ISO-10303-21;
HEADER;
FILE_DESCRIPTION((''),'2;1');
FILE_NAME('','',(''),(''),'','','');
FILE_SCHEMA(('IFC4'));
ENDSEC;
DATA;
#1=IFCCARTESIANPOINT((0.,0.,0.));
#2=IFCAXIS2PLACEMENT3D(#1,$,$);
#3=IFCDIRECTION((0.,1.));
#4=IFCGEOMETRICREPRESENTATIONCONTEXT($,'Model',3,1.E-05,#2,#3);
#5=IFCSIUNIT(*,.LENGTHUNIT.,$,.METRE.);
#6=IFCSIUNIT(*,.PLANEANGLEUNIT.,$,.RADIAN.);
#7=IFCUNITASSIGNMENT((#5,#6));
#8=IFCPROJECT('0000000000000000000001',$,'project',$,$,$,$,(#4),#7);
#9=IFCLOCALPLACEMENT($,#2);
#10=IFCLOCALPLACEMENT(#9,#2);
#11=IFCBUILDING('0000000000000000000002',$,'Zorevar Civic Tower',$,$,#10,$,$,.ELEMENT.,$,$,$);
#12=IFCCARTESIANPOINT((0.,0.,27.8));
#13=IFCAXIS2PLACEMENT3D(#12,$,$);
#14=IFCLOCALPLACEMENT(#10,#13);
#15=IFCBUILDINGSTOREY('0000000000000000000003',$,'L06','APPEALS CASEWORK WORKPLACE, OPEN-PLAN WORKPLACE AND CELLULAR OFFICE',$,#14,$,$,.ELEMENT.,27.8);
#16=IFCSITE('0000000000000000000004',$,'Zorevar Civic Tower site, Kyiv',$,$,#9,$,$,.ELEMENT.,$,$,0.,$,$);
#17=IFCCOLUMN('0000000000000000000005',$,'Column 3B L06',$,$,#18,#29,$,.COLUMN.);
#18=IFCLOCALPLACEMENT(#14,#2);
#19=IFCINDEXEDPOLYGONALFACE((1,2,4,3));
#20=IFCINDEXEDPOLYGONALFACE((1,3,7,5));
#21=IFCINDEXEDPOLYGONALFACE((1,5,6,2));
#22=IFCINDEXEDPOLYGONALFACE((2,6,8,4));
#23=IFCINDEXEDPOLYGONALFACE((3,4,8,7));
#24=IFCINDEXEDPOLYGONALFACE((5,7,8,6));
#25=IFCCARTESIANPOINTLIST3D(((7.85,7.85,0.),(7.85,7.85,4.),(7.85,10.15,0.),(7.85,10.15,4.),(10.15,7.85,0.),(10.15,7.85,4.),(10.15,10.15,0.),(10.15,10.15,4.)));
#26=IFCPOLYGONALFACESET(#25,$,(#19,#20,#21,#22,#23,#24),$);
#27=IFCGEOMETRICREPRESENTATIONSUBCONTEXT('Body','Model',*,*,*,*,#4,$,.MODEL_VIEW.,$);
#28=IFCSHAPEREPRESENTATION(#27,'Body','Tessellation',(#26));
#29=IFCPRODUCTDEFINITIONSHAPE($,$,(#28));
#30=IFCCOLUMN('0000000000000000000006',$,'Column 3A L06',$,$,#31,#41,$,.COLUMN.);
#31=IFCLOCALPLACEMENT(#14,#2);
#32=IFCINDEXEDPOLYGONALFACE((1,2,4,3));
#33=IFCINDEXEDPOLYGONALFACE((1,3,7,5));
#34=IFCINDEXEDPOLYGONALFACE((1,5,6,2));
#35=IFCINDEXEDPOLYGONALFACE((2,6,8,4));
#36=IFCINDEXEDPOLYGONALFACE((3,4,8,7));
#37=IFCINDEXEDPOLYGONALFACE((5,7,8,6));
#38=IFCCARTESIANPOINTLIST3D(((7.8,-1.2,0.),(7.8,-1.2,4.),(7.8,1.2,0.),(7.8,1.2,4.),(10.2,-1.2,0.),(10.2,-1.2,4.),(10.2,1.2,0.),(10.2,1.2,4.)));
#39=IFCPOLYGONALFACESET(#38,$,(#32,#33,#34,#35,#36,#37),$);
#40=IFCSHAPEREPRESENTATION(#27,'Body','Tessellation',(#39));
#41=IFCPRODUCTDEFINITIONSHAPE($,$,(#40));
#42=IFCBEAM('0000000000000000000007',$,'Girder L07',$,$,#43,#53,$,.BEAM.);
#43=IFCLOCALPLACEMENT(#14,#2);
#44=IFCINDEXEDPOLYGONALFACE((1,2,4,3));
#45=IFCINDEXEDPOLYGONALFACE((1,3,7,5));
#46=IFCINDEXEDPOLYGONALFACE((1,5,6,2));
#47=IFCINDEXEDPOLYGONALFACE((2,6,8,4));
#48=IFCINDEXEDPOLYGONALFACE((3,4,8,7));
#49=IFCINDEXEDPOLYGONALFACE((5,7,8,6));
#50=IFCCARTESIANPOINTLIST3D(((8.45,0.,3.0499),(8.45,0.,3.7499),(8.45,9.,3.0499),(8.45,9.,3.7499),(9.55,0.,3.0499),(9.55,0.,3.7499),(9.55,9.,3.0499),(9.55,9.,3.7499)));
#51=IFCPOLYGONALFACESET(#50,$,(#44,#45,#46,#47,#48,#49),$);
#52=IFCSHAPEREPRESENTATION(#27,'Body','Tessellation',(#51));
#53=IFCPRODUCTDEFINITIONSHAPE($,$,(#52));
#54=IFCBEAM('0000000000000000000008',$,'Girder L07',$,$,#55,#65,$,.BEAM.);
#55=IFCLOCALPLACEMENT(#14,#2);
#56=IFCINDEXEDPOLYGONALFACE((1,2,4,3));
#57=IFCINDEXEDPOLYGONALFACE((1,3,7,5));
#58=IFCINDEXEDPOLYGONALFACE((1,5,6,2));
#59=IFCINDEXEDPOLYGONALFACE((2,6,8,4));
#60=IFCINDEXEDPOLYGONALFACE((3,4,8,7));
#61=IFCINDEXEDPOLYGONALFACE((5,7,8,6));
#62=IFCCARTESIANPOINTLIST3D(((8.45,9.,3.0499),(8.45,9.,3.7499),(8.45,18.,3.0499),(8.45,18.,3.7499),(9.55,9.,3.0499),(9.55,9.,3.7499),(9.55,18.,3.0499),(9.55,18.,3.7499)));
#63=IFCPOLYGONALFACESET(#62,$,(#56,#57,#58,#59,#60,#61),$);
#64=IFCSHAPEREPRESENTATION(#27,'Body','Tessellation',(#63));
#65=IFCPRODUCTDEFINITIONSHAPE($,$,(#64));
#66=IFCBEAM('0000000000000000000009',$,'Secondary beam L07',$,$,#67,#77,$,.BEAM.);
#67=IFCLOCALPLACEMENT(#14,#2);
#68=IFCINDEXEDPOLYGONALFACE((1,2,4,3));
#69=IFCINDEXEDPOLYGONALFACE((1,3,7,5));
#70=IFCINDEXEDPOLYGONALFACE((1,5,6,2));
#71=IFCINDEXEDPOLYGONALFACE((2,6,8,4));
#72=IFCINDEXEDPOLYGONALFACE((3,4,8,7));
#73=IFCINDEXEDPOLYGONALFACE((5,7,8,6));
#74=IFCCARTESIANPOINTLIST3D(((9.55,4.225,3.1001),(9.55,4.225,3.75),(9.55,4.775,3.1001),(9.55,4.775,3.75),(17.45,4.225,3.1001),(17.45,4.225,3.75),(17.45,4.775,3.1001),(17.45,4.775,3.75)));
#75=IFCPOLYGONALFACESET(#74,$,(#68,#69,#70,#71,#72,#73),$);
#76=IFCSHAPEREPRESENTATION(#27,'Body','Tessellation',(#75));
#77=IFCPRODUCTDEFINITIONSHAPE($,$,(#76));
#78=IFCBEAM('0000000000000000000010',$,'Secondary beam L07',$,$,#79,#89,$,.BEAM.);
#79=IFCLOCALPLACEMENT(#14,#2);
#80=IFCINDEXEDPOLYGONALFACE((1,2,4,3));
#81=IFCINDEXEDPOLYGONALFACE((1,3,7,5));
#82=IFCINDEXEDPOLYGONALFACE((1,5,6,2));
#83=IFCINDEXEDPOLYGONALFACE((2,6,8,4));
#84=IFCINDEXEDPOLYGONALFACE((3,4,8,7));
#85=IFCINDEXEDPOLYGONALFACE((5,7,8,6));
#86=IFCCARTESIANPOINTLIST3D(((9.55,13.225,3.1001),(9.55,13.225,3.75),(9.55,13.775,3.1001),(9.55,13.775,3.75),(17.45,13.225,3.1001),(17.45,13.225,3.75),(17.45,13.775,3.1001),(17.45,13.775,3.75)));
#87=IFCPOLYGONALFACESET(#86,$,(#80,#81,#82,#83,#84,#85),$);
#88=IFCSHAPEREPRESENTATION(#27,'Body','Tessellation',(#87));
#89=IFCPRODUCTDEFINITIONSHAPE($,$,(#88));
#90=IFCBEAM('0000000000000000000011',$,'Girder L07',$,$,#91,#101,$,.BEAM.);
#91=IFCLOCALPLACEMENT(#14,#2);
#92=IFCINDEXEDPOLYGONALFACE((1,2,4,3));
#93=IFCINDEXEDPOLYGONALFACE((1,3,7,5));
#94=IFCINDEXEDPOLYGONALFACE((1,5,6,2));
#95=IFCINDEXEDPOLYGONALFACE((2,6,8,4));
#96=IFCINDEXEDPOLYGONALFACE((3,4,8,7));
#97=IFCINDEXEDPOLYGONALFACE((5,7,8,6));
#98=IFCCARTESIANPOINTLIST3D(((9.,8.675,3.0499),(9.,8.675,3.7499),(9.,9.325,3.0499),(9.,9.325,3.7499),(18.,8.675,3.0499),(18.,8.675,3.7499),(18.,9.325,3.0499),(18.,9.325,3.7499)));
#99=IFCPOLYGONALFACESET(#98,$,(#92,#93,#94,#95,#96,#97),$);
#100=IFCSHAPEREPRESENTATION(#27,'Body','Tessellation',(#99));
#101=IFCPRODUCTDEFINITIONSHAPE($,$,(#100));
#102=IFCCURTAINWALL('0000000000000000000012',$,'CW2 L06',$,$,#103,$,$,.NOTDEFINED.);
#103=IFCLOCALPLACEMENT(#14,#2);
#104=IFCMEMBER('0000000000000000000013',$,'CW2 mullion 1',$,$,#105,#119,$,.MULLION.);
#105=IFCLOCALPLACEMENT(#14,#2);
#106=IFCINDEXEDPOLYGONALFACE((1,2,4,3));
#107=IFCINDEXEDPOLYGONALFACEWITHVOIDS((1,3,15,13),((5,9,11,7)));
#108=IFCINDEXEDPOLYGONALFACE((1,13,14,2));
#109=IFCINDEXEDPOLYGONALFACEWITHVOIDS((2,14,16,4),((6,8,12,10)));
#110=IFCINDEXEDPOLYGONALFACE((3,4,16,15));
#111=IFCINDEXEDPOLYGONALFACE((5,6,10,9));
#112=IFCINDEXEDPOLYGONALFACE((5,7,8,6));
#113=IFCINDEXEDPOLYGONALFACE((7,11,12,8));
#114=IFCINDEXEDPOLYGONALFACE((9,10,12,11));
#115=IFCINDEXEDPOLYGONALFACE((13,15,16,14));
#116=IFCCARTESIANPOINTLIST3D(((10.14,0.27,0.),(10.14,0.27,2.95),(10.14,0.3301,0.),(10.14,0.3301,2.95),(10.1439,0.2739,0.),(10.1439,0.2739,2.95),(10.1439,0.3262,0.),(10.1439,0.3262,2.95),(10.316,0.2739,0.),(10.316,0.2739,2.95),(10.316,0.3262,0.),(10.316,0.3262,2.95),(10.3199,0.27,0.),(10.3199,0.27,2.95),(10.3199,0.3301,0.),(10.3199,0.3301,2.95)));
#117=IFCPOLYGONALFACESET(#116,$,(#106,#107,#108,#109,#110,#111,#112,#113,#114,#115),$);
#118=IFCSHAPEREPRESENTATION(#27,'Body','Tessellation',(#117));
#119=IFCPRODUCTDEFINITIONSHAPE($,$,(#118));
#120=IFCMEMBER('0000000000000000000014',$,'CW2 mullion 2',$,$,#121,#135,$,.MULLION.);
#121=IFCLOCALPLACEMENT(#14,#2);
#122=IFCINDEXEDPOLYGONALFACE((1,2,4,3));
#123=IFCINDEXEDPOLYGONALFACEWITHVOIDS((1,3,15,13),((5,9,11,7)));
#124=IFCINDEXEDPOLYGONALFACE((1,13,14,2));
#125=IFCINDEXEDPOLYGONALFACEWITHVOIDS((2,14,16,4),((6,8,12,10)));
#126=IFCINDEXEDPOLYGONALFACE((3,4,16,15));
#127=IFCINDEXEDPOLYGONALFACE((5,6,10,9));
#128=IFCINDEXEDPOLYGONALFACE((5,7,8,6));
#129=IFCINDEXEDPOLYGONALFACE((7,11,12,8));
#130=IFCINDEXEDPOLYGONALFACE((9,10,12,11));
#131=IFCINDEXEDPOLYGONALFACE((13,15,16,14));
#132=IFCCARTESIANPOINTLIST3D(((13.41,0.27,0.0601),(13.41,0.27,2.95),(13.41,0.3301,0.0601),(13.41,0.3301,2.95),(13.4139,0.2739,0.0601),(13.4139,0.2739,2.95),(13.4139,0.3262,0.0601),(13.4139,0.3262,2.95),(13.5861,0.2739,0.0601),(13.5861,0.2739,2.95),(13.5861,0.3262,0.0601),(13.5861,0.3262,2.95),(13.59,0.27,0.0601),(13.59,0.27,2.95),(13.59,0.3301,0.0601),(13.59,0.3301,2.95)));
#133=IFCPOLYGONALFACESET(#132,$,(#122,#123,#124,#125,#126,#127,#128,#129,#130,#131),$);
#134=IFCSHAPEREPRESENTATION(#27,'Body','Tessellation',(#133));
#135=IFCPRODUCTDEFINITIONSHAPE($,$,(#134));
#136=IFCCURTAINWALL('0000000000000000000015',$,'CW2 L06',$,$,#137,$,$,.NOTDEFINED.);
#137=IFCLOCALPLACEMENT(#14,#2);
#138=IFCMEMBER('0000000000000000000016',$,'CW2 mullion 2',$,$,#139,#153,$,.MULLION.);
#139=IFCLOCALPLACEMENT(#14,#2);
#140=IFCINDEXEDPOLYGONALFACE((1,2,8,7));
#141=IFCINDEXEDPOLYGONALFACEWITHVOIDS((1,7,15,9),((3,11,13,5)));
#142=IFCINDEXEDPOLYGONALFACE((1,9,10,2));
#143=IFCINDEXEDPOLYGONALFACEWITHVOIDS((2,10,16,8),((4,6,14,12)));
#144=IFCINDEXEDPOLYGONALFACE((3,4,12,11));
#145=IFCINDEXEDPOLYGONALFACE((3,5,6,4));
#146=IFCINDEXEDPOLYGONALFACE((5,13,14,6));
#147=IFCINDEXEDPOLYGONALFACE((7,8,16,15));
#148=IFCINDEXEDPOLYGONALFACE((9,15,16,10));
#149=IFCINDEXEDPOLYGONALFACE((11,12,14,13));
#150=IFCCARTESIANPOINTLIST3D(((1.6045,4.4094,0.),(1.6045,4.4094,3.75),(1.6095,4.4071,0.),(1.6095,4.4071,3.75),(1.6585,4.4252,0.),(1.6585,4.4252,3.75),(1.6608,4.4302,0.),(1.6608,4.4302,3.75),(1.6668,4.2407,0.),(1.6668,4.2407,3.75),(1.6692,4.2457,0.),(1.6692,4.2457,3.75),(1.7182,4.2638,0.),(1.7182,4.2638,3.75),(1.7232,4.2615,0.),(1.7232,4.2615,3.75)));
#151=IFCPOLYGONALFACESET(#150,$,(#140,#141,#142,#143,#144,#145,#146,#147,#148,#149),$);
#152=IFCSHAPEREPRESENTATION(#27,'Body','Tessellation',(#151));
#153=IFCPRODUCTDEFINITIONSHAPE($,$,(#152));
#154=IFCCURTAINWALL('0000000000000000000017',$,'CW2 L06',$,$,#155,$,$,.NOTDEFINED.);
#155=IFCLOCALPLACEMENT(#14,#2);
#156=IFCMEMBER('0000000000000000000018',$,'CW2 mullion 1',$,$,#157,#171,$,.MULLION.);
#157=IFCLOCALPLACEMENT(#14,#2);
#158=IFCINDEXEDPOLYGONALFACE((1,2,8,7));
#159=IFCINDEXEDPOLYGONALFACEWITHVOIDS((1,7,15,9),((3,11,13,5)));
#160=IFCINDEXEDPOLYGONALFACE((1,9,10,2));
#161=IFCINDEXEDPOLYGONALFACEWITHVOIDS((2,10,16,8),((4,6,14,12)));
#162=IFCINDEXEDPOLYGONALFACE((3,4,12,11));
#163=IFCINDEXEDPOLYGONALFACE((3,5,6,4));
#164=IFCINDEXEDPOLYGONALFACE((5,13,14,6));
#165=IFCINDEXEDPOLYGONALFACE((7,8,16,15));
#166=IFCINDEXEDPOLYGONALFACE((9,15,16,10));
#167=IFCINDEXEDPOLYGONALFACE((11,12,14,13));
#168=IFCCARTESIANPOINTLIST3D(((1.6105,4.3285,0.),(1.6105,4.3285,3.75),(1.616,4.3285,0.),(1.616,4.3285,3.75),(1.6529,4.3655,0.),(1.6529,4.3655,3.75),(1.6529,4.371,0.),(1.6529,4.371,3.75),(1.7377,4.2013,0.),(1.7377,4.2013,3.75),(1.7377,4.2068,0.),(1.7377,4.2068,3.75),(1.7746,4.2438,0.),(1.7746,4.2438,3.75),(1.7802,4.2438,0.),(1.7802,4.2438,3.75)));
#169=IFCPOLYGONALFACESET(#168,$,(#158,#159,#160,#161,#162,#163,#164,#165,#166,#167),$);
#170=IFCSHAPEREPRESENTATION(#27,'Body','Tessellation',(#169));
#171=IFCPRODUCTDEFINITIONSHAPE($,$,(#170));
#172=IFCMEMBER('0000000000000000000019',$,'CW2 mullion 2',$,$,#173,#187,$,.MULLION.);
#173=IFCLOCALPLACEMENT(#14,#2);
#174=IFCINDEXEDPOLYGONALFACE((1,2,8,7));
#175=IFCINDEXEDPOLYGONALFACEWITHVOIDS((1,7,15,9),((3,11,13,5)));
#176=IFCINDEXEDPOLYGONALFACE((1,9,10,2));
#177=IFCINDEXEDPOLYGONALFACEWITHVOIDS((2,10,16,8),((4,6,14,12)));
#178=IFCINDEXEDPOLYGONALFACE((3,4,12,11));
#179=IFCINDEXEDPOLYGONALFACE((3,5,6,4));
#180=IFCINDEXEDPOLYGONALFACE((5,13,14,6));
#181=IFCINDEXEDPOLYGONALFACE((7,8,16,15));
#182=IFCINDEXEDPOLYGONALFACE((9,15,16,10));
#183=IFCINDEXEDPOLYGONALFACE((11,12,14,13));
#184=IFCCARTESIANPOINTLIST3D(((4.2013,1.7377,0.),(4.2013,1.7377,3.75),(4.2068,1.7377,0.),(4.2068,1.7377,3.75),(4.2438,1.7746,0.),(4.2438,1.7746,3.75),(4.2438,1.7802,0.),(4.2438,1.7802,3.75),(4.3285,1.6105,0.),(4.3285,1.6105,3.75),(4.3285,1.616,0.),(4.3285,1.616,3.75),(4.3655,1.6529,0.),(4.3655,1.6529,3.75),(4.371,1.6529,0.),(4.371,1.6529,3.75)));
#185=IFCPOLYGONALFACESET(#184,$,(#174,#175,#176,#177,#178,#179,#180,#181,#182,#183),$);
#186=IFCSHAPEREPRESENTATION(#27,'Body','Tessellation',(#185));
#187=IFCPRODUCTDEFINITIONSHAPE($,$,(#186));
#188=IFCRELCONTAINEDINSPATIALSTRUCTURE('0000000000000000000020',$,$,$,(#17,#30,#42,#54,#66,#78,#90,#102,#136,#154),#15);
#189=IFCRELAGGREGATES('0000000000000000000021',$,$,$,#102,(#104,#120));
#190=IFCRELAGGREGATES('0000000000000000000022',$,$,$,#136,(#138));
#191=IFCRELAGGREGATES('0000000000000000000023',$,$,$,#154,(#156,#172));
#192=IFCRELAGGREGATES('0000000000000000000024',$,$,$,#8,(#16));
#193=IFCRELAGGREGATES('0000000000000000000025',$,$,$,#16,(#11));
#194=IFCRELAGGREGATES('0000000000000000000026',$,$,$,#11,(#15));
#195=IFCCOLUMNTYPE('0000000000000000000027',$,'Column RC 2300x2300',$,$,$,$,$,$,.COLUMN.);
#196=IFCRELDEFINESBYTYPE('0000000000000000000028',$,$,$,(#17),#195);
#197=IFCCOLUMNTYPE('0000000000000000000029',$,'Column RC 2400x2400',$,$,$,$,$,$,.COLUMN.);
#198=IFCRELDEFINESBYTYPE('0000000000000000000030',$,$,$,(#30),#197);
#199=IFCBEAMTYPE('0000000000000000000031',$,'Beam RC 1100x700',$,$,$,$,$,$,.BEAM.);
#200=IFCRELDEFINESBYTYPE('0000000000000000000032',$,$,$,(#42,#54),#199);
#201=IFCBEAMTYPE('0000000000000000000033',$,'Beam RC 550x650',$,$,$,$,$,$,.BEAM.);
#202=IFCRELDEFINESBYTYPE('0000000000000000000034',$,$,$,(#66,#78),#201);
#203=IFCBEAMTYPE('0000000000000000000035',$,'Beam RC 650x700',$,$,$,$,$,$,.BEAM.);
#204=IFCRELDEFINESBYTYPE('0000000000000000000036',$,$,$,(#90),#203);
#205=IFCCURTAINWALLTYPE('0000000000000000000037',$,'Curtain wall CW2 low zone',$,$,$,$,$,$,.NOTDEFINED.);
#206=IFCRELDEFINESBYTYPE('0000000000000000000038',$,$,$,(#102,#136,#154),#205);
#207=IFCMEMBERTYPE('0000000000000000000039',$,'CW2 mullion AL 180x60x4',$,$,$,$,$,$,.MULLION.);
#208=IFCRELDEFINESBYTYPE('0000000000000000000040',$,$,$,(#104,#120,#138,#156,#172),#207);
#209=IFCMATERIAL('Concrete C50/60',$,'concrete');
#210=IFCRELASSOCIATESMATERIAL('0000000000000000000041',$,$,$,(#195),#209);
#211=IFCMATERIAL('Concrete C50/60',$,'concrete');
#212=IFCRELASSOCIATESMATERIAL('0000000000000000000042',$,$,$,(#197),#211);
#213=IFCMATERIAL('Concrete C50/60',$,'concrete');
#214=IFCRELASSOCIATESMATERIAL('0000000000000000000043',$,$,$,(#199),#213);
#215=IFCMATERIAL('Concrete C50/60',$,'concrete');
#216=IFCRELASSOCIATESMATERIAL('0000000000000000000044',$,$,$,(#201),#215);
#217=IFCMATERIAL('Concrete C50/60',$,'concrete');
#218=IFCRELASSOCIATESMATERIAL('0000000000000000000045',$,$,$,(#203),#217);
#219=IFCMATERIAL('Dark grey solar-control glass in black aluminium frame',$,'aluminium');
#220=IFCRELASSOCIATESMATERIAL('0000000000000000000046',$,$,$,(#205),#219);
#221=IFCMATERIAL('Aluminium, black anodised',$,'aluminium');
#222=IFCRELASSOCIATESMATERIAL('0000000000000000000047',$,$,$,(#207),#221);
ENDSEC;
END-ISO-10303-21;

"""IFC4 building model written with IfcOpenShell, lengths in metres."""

from ifc_helpers import new_model, si_unit, direction, frame, origin, origin_2d, place, context, subcontext, project, spatial, rectangle, hollow_rectangle, extrude, material, material_profile, profile_set, type_object, element, aggregate, save


model = new_model("IFC4")

# Units and contexts
model_context = context("Model", 3, precision=1e-05, world=origin(), true_north=direction((0.0, 1.0)))
body_context = subcontext(model_context, "Body", "Model", "MODEL_VIEW")
ifc_project = project(units=[si_unit("LENGTHUNIT", "METRE"), si_unit("PLANEANGLEUNIT", "RADIAN")], contexts=[model_context])

# Site, building, storey
site_placement = place(None, origin())
site = spatial("IfcSite", under=ifc_project, at=site_placement, Name="Zorevar Civic Tower site, Kyiv", CompositionType="ELEMENT", RefElevation=0.0)
building_placement = place(site_placement, origin())
building = spatial("IfcBuilding", under=site, at=building_placement, Name="Zorevar Civic Tower", CompositionType="ELEMENT")
storey_placement = place(building_placement, frame((0.0, 0.0, 27.8)))
storey = spatial("IfcBuildingStorey", under=building, at=storey_placement, Name="L06", Description="APPEALS CASEWORK WORKPLACE, OPEN-PLAN WORKPLACE AND CELLULAR OFFICE", CompositionType="ELEMENT", Elevation=27.8)

# Columns
ifc_material_1 = material(Name="Concrete C50/60", Category="concrete")
ifc_material_profile_1 = material_profile(ifc_material_1, rectangle(XDim=2.3, YDim=2.3, at=origin_2d()), Name="RC 2300x2300")
ifc_profile_set_1 = profile_set([ifc_material_profile_1], Name="Concrete C50/60")
column_type_1 = type_object("IfcColumnType", Name="Column RC 2300x2300", PredefinedType="COLUMN", material=ifc_profile_set_1)
column_1_placement = place(storey_placement, frame((9.0, 9.0, 0.0), z_axis=(0.0, 0.0, 1.0), x_axis=(1.0, 0.0, 0.0)))
element("IfcColumn", 1, at=column_1_placement, inside=storey, type_object=column_type_1, Name="Column 3B L06", PredefinedType="COLUMN", context=body_context, shape_type="SweptSolid", body=[
    extrude(rectangle(XDim=2.3, YDim=2.3, at=origin_2d()), origin(), (0.0, 0.0, 1.0), 4.0),
])
ifc_material_2 = material(Name="Concrete C50/60", Category="concrete")
ifc_material_profile_2 = material_profile(ifc_material_2, rectangle(XDim=2.3999, YDim=2.3999, at=origin_2d()), Name="RC 2400x2400")
ifc_profile_set_2 = profile_set([ifc_material_profile_2], Name="Concrete C50/60")
column_type_2 = type_object("IfcColumnType", Name="Column RC 2400x2400", PredefinedType="COLUMN", material=ifc_profile_set_2)
column_2_placement = place(storey_placement, frame((9.0, 0.0, 0.0), z_axis=(0.0, 0.0, 1.0), x_axis=(1.0, 0.0, 0.0)))
element("IfcColumn", 2, at=column_2_placement, inside=storey, type_object=column_type_2, Name="Column 3A L06", PredefinedType="COLUMN", context=body_context, shape_type="SweptSolid", body=[
    extrude(rectangle(XDim=2.3999, YDim=2.3999, at=origin_2d()), origin(), (0.0, 0.0, 1.0), 4.0),
])

# Beams
ifc_material_3 = material(Name="Concrete C50/60", Category="concrete")
ifc_material_profile_3 = material_profile(ifc_material_3, rectangle(XDim=1.1001, YDim=0.7, at=origin_2d()), Name="RC 1100x700")
ifc_profile_set_3 = profile_set([ifc_material_profile_3], Name="Concrete C50/60")
beam_type_1 = type_object("IfcBeamType", Name="Beam RC 1100x700", PredefinedType="BEAM", material=ifc_profile_set_3)
for number, where, z_axis, x_axis, name in (
    (3, (9.0, 0.0, 3.3999), (0.0, 1.0, 0.0), (-1.0, 0.0, 0.0), "Girder L07"),
    (4, (9.0, 9.0, 3.3999), (0.0, 1.0, 0.0), (-1.0, 0.0, 0.0), "Girder L07"),
):
    element("IfcBeam", number, at=place(storey_placement, frame(where, z_axis=z_axis, x_axis=x_axis)), inside=storey, type_object=beam_type_1, Name=name, PredefinedType="BEAM", context=body_context, shape_type="SweptSolid", body=[
        extrude(rectangle(XDim=1.1001, YDim=0.7, at=origin_2d()), origin(), (0.0, 0.0, 1.0), 9.0),
    ])
ifc_material_4 = material(Name="Concrete C50/60", Category="concrete")
ifc_material_profile_4 = material_profile(ifc_material_4, rectangle(XDim=0.55, YDim=0.6499, at=origin_2d()), Name="RC 550x650")
ifc_profile_set_4 = profile_set([ifc_material_profile_4], Name="Concrete C50/60")
beam_type_2 = type_object("IfcBeamType", Name="Beam RC 550x650", PredefinedType="BEAM", material=ifc_profile_set_4)
for number, where, z_axis, x_axis, name in (
    (5, (9.55, 4.5, 3.425), (1.0, 0.0, 0.0), (0.0, 1.0, 0.0), "Secondary beam L07"),
    (6, (9.55, 13.5, 3.425), (1.0, 0.0, 0.0), (0.0, 1.0, 0.0), "Secondary beam L07"),
):
    element("IfcBeam", number, at=place(storey_placement, frame(where, z_axis=z_axis, x_axis=x_axis)), inside=storey, type_object=beam_type_2, Name=name, PredefinedType="BEAM", context=body_context, shape_type="SweptSolid", body=[
        extrude(rectangle(XDim=0.55, YDim=0.6499, at=origin_2d()), origin(), (0.0, 0.0, 1.0), 7.8999),
    ])
ifc_material_5 = material(Name="Concrete C50/60", Category="concrete")
ifc_material_profile_5 = material_profile(ifc_material_5, rectangle(XDim=0.6499, YDim=0.7, at=origin_2d()), Name="RC 650x700")
ifc_profile_set_5 = profile_set([ifc_material_profile_5], Name="Concrete C50/60")
beam_type_3 = type_object("IfcBeamType", Name="Beam RC 650x700", PredefinedType="BEAM", material=ifc_profile_set_5)
beam_1_placement = place(storey_placement, frame((9.0, 9.0, 3.3999), z_axis=(1.0, 0.0, 0.0), x_axis=(0.0, 1.0, 0.0)))
element("IfcBeam", 7, at=beam_1_placement, inside=storey, type_object=beam_type_3, Name="Girder L07", PredefinedType="BEAM", context=body_context, shape_type="SweptSolid", body=[
    extrude(rectangle(XDim=0.6499, YDim=0.7, at=origin_2d()), origin(), (0.0, 0.0, 1.0), 9.0),
])

# Curtain wall, members
ifc_material_6 = material(Name="Dark grey solar-control glass in black aluminium frame", Category="aluminium")
curtain_wall_type = type_object("IfcCurtainWallType", Name="Curtain wall CW2 low zone", PredefinedType="NOTDEFINED", material=ifc_material_6)
curtain_wall_1_placement = place(storey_placement, origin())
curtain_wall_1 = element("IfcCurtainWall", 8, at=curtain_wall_1_placement, inside=storey, type_object=curtain_wall_type, Name="CW2 L06", PredefinedType="NOTDEFINED")
ifc_material_7 = material(Name="Aluminium, black anodised", Category="aluminium")
ifc_material_profile_6 = material_profile(ifc_material_7, hollow_rectangle(XDim=0.0601, YDim=0.1799, WallThickness=0.0039, at=origin_2d()), Name="AL 180x60x4")
ifc_profile_set_6 = profile_set([ifc_material_profile_6], Name="Aluminium, black anodised")
member_type_1 = type_object("IfcMemberType", Name="CW2 mullion AL 180x60x4", PredefinedType="MULLION", material=ifc_profile_set_6)
member_1_placement = place(storey_placement, frame((10.23, 0.3, 0.0), z_axis=(0.0, 0.0, 1.0), x_axis=(0.0, 1.0, 0.0)))
member_1 = element("IfcMember", 9, at=member_1_placement, type_object=member_type_1, Name="CW2 mullion 1", PredefinedType="MULLION", context=body_context, shape_type="SweptSolid", body=[
    extrude(hollow_rectangle(XDim=0.0601, YDim=0.1799, WallThickness=0.0039, at=origin_2d()), origin(), (0.0, 0.0, 1.0), 2.95),
])
member_2_placement = place(storey_placement, frame((13.5, 0.3, 0.0601), z_axis=(0.0, 0.0, 1.0), x_axis=(0.0, 1.0, 0.0)))
member_2 = element("IfcMember", 10, at=member_2_placement, type_object=member_type_1, Name="CW2 mullion 2", PredefinedType="MULLION", context=body_context, shape_type="SweptSolid", body=[
    extrude(hollow_rectangle(XDim=0.0601, YDim=0.1799, WallThickness=0.0039, at=origin_2d()), origin(), (0.0, 0.0, 1.0), 2.8899),
])

# Curtain wall, member
curtain_wall_2_placement = place(storey_placement, origin())
curtain_wall_2 = element("IfcCurtainWall", 11, at=curtain_wall_2_placement, inside=storey, type_object=curtain_wall_type, Name="CW2 L06", PredefinedType="NOTDEFINED")
member_3_placement = place(storey_placement, frame((1.6638, 4.3354, 0.0), z_axis=(0.0, 0.0, 1.0), x_axis=(0.937975, 0.346704, 0.0)))
member_3 = element("IfcMember", 12, at=member_3_placement, type_object=member_type_1, Name="CW2 mullion 2", PredefinedType="MULLION", context=body_context, shape_type="SweptSolid", body=[
    extrude(hollow_rectangle(XDim=0.0601, YDim=0.1799, WallThickness=0.0039, at=origin_2d()), origin(), (0.0, 0.0, 1.0), 3.75),
])

# Curtain wall, members
curtain_wall_3_placement = place(storey_placement, origin())
curtain_wall_3 = element("IfcCurtainWall", 13, at=curtain_wall_3_placement, inside=storey, type_object=curtain_wall_type, Name="CW2 L06", PredefinedType="NOTDEFINED")
member_4_placement = place(storey_placement, frame((1.6953, 4.2861, 0.0), z_axis=(0.0, 0.0, 1.0), x_axis=(0.707107, 0.707107, 0.0)))
member_4 = element("IfcMember", 14, at=member_4_placement, type_object=member_type_1, Name="CW2 mullion 1", PredefinedType="MULLION", context=body_context, shape_type="SweptSolid", body=[
    extrude(hollow_rectangle(XDim=0.0601, YDim=0.1799, WallThickness=0.0039, at=origin_2d()), origin(), (0.0, 0.0, 1.0), 3.75),
])
member_5_placement = place(storey_placement, frame((4.2861, 1.6953, 0.0), z_axis=(0.0, 0.0, 1.0), x_axis=(0.707107, 0.707107, 0.0)))
member_5 = element("IfcMember", 15, at=member_5_placement, type_object=member_type_1, Name="CW2 mullion 2", PredefinedType="MULLION", context=body_context, shape_type="SweptSolid", body=[
    extrude(hollow_rectangle(XDim=0.0601, YDim=0.1799, WallThickness=0.0039, at=origin_2d()), origin(), (0.0, 0.0, 1.0), 3.75),
])

aggregate(curtain_wall_1, [member_1, member_2])
aggregate(curtain_wall_2, [member_3])
aggregate(curtain_wall_3, [member_4, member_5])

save(model, "model.ifc")
